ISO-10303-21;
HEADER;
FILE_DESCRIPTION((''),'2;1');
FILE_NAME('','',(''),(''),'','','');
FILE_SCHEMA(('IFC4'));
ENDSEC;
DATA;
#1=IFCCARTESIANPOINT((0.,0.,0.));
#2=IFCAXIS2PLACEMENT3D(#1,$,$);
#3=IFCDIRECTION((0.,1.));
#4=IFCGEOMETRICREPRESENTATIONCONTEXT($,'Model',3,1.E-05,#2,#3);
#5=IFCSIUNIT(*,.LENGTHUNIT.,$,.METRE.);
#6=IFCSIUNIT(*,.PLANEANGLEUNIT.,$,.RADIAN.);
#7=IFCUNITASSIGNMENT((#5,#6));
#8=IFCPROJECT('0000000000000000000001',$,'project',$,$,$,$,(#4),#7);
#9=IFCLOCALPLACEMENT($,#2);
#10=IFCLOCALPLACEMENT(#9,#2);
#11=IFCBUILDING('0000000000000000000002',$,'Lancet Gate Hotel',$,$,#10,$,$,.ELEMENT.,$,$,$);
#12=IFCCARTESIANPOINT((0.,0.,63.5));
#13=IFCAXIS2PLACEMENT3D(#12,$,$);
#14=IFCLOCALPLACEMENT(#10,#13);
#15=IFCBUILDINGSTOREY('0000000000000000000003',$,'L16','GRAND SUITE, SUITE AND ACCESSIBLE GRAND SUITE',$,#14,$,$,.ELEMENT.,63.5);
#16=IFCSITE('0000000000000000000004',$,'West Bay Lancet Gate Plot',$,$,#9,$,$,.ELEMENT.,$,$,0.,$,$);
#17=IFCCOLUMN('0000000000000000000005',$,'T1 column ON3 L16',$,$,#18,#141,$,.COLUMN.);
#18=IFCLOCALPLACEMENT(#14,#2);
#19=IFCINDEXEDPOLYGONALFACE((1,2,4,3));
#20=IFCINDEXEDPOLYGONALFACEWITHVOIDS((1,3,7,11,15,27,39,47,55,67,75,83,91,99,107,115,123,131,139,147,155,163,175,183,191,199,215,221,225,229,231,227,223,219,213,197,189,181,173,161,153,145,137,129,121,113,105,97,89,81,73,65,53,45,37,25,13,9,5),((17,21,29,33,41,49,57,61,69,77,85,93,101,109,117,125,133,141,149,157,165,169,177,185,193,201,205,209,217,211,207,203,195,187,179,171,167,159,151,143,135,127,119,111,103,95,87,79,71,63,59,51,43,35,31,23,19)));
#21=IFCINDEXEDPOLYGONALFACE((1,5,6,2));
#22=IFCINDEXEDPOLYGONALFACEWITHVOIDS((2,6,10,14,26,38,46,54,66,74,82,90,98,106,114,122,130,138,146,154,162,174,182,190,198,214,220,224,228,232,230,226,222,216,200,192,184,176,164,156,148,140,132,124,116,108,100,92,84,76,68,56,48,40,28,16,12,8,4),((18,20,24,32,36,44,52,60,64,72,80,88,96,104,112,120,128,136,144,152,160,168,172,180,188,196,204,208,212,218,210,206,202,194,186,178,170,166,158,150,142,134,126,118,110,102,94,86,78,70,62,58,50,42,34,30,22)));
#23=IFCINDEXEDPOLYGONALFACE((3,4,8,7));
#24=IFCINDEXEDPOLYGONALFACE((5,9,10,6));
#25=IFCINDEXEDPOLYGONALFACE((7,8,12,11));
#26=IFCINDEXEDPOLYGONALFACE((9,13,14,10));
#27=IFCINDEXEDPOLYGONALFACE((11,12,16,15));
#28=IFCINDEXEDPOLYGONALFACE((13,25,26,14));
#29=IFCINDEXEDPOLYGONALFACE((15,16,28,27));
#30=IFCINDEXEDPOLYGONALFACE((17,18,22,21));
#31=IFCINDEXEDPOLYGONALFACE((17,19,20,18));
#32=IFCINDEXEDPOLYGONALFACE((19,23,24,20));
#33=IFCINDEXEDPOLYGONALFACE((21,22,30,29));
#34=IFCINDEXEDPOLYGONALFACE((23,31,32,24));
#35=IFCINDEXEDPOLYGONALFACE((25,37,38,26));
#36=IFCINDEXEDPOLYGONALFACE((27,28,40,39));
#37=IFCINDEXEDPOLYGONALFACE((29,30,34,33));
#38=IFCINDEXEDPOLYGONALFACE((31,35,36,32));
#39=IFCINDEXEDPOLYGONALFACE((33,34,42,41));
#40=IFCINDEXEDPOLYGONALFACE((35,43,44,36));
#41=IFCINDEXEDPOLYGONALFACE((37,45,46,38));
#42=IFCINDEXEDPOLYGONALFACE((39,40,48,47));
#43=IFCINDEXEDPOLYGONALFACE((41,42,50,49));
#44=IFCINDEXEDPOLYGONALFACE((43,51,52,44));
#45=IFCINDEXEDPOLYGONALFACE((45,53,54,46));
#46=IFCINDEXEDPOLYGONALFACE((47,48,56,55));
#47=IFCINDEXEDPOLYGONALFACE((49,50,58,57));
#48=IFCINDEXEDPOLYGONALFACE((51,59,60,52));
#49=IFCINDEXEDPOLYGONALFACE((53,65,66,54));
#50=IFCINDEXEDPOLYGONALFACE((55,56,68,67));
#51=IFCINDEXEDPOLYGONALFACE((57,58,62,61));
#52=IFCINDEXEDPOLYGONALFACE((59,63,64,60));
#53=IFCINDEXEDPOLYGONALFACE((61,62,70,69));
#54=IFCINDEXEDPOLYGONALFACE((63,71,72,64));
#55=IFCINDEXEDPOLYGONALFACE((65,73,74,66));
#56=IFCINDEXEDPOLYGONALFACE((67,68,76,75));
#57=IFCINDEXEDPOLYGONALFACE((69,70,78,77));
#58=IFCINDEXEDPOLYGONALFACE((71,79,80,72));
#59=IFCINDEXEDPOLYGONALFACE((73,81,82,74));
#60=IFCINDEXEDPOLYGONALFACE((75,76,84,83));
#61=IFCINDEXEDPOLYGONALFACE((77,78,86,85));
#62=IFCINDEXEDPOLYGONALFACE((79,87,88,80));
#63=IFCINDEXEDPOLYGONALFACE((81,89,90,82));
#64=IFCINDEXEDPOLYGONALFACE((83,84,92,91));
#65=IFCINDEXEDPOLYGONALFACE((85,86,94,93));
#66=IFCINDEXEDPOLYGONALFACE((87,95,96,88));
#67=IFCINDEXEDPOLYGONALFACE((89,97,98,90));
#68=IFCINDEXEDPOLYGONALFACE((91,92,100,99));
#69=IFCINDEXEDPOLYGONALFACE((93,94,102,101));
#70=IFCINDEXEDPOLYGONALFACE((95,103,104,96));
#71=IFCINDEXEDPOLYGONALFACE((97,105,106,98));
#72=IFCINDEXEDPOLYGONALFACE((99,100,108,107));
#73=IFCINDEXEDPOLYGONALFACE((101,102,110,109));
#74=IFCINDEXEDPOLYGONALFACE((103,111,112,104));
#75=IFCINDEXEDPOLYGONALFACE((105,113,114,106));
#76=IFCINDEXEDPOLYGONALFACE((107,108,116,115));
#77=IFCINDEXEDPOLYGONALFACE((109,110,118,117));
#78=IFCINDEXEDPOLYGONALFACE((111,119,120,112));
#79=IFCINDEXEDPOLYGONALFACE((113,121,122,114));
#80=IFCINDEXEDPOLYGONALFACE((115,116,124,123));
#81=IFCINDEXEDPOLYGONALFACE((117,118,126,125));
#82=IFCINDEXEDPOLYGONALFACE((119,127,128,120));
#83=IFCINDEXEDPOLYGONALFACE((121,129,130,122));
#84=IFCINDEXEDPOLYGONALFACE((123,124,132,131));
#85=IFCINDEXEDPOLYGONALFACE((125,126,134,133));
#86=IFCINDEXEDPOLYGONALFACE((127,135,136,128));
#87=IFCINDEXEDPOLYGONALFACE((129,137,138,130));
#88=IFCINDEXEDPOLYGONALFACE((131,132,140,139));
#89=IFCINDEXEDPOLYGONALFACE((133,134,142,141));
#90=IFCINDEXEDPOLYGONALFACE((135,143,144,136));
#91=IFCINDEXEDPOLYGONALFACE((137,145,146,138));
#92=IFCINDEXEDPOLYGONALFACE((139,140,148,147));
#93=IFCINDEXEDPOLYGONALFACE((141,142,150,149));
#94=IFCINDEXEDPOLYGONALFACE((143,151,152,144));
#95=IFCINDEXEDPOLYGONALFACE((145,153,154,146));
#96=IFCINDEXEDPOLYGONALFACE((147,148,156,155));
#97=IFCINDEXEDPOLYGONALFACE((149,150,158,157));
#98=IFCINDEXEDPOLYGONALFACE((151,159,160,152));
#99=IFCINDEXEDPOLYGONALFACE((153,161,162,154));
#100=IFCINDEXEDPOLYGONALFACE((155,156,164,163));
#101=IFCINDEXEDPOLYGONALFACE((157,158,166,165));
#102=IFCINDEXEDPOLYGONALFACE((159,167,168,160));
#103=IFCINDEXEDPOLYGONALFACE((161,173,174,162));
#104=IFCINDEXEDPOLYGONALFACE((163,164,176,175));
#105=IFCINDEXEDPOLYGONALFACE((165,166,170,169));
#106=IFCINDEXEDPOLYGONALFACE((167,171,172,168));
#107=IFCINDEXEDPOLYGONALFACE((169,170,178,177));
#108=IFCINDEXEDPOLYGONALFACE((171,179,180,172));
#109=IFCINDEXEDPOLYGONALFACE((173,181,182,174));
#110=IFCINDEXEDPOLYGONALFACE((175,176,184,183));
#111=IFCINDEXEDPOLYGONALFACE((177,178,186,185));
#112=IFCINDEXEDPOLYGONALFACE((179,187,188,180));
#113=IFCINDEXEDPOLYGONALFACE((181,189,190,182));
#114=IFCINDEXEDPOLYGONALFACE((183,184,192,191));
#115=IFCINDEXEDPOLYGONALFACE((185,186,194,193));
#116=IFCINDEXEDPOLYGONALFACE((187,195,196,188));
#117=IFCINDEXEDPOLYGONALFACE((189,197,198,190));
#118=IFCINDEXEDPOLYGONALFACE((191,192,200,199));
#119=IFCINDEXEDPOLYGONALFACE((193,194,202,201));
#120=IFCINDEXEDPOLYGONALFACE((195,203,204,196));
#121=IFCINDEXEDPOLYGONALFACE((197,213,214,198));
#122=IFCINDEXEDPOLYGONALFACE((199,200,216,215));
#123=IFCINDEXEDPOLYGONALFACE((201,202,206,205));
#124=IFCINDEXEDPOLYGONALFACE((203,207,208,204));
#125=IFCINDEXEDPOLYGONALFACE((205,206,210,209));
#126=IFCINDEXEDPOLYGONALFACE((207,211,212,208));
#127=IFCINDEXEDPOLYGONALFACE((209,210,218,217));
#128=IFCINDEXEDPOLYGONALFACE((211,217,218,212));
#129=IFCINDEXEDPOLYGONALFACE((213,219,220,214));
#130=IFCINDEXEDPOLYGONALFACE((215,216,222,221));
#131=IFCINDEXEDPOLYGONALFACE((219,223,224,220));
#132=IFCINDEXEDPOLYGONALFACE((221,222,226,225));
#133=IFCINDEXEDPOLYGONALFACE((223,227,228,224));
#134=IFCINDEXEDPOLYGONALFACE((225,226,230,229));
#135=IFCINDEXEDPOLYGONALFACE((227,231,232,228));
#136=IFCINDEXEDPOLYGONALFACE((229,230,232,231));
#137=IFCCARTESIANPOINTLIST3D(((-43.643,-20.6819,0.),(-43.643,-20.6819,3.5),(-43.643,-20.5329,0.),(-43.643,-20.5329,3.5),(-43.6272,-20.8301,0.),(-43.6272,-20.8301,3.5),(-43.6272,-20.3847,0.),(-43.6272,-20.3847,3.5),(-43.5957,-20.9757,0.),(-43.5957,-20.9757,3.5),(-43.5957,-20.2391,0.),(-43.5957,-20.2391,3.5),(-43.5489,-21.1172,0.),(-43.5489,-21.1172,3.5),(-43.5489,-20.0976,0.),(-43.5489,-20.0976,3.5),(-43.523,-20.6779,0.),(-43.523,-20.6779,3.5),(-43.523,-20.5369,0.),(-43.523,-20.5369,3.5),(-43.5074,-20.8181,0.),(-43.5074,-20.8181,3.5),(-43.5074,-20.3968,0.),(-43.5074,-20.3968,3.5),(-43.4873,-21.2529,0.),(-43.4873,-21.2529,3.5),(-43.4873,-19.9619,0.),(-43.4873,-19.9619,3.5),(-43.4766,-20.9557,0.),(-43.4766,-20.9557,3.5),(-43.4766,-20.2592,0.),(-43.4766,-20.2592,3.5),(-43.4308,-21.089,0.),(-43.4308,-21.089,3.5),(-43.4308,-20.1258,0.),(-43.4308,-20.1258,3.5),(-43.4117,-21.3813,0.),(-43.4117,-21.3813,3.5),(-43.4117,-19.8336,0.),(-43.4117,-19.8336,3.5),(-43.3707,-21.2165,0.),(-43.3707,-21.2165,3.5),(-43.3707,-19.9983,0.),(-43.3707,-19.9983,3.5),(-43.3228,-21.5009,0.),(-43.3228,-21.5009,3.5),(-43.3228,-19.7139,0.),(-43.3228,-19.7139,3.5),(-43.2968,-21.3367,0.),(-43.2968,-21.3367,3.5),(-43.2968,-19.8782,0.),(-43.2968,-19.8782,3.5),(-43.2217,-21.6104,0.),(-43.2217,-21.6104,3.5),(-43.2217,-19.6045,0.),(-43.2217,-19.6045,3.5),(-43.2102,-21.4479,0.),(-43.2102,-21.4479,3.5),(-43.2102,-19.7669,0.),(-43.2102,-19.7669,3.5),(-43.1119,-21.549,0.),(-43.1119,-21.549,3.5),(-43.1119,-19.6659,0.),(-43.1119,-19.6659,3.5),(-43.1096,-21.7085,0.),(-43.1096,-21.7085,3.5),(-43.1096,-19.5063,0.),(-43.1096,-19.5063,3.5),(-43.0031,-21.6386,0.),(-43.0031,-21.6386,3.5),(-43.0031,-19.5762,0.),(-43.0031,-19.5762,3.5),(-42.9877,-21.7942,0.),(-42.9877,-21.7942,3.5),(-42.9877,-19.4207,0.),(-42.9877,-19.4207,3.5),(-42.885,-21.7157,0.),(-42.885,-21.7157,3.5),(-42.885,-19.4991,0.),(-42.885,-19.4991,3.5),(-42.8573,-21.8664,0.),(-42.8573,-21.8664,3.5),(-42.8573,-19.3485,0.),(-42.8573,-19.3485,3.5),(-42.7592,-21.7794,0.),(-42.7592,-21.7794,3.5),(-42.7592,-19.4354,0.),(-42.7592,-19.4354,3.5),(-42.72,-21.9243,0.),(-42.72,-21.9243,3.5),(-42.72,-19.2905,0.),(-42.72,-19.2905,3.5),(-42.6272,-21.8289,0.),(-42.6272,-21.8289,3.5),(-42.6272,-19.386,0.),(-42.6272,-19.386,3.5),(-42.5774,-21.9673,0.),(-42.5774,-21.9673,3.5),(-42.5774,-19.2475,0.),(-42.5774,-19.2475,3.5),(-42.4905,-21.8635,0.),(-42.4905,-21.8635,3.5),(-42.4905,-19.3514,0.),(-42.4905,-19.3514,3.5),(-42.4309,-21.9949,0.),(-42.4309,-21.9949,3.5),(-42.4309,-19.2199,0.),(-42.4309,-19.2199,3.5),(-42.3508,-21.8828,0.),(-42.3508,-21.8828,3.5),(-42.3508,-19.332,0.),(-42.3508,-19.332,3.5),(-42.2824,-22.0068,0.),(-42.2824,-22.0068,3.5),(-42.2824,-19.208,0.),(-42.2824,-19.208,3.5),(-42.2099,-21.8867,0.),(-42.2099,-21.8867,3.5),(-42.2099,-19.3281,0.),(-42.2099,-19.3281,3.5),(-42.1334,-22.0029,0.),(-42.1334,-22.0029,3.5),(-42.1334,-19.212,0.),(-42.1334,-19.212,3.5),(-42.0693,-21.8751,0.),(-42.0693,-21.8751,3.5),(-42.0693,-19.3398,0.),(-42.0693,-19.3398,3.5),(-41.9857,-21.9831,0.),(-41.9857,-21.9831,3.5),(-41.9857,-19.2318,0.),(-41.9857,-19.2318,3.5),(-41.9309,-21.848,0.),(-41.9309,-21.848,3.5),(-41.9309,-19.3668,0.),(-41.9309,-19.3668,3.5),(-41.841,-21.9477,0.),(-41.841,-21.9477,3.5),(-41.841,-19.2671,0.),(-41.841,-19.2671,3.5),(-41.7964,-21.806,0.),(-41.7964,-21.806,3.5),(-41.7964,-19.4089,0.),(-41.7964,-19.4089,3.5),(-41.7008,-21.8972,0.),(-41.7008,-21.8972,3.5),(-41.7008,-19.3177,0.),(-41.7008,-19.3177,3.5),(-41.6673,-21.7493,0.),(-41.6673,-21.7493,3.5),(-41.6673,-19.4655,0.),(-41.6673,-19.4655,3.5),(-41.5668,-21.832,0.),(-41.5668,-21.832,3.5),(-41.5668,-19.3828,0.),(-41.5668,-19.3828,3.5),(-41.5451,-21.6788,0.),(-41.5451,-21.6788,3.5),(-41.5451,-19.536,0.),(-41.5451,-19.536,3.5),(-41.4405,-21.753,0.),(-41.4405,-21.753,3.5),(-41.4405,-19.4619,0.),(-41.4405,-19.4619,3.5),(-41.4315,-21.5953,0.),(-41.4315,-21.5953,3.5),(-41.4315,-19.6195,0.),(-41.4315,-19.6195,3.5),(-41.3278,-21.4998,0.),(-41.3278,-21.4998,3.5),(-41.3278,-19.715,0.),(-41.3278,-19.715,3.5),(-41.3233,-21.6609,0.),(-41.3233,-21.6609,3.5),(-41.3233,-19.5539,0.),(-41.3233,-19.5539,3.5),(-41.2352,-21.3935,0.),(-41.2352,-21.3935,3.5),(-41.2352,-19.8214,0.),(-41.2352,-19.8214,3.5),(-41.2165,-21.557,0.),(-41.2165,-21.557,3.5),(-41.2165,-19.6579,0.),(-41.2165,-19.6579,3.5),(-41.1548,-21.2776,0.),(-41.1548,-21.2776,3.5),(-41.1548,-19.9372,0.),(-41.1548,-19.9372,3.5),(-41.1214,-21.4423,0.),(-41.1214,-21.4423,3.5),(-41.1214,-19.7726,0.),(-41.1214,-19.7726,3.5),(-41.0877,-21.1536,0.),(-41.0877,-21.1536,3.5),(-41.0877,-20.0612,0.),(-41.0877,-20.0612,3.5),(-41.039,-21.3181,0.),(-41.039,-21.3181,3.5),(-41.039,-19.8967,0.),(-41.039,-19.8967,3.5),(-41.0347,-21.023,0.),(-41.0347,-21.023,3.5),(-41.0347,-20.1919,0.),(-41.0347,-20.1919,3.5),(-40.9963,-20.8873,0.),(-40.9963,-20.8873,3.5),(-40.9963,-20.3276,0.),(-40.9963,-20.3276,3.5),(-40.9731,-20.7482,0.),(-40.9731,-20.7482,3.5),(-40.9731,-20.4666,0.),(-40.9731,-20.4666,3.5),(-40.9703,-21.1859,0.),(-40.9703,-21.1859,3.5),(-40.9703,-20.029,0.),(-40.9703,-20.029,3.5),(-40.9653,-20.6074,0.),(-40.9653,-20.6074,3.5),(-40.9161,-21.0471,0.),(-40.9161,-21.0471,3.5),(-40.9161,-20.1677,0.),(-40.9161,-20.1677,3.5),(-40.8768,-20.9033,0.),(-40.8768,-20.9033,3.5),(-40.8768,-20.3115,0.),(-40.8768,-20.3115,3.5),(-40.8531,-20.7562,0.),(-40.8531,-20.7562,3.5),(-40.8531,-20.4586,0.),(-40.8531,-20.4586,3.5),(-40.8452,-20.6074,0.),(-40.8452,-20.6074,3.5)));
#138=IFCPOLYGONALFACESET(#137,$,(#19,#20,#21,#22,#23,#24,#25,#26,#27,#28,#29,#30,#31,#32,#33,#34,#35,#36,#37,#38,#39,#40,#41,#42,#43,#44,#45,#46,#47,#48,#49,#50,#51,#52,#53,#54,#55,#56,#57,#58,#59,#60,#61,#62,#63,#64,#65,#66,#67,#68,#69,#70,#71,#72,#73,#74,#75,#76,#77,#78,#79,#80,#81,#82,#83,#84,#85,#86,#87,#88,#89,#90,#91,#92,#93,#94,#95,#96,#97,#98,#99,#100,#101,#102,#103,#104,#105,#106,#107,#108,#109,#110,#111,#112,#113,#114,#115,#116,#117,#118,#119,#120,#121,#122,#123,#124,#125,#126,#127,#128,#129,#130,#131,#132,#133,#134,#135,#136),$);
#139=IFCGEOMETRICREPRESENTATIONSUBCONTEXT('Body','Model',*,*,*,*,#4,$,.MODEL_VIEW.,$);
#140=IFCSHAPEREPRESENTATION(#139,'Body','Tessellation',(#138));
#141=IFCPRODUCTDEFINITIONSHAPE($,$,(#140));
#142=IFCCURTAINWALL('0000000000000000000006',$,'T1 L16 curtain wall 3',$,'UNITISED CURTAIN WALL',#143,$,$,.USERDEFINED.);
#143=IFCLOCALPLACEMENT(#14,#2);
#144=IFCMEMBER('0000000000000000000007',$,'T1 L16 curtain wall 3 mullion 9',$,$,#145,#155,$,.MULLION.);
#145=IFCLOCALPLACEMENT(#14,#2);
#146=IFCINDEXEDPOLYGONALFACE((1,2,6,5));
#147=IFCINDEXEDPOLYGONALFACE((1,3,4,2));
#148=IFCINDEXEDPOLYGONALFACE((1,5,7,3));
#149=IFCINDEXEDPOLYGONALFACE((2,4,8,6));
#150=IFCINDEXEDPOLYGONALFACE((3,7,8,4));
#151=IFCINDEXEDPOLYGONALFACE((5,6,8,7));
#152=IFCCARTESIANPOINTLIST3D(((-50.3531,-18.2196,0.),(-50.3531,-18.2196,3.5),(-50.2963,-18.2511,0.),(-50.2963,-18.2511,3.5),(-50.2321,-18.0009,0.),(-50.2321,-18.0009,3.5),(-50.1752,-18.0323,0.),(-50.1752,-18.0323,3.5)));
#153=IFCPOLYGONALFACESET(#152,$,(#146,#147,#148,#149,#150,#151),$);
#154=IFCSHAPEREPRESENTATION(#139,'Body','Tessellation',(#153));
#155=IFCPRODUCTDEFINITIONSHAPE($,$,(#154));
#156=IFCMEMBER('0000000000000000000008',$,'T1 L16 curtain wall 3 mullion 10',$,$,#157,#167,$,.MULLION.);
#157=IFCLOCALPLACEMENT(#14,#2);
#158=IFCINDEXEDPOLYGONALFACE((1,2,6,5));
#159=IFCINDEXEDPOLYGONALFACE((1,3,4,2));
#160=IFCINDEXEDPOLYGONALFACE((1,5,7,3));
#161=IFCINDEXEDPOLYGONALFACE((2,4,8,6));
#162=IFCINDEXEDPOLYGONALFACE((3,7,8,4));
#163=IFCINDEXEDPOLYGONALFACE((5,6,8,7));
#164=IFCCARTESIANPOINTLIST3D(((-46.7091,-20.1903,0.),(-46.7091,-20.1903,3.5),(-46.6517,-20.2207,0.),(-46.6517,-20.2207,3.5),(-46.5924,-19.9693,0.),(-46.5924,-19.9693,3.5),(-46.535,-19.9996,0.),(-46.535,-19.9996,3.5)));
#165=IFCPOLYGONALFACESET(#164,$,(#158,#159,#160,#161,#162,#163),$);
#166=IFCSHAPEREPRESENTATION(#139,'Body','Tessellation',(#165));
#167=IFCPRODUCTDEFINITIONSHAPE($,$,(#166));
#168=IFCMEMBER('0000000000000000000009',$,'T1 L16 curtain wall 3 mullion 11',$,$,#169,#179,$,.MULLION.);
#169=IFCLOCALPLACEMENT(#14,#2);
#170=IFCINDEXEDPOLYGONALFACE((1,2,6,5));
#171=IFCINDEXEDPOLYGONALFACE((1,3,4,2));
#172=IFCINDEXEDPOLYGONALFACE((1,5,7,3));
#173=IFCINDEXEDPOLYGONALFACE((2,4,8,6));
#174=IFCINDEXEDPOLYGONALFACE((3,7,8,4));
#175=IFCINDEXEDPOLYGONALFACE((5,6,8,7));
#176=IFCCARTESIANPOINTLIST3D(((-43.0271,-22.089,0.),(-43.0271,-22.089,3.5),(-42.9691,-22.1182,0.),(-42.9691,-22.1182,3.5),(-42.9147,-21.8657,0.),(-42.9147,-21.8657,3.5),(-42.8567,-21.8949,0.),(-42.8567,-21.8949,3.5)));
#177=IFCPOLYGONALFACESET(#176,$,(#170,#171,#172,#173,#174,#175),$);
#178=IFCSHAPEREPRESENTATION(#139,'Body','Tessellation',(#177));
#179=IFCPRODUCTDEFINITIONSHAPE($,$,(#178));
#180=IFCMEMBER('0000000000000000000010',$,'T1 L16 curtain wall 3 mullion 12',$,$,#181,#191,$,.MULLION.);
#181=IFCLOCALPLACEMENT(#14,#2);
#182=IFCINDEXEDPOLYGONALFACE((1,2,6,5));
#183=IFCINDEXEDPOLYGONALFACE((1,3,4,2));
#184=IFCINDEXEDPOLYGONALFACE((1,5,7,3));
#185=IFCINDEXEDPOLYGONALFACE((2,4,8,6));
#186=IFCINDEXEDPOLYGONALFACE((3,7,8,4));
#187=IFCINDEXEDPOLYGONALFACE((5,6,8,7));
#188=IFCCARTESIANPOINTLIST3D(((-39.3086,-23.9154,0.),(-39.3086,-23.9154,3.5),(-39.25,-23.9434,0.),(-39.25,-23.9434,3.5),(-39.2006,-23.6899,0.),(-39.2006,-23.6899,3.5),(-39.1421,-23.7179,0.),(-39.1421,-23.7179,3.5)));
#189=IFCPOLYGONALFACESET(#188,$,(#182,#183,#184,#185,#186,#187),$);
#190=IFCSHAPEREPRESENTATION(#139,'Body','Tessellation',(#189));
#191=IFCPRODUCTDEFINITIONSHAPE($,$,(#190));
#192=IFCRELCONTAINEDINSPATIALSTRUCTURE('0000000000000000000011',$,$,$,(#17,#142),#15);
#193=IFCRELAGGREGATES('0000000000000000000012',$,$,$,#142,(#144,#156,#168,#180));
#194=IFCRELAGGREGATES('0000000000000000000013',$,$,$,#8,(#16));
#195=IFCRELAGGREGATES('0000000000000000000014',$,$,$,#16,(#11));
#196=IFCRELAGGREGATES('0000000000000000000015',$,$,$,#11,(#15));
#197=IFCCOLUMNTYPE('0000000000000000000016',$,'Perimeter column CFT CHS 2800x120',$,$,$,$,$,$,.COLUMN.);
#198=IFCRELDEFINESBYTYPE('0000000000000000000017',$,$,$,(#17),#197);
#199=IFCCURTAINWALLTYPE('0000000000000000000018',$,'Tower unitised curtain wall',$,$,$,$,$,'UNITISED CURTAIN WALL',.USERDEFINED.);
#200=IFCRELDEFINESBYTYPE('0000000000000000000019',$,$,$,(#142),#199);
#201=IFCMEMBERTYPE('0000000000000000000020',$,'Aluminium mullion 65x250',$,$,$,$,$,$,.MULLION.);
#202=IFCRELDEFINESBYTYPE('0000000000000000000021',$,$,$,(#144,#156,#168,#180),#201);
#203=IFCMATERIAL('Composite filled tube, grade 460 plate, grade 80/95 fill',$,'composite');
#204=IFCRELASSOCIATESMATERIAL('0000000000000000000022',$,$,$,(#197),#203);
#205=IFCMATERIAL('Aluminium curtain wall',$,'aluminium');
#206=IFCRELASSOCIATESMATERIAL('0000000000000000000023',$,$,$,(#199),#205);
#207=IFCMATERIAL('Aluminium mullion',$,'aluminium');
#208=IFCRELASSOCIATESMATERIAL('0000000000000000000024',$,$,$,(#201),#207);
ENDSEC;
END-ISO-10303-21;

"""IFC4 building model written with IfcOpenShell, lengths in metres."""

from ifc_helpers import new_model, si_unit, direction, frame, origin, origin_2d, place, context, subcontext, project, spatial, rectangle, hollow_circle, extrude, material, material_profile, profile_set, type_object, element, aggregate, save


model = new_model("IFC4")

# Units and contexts
model_context = context("Model", 3, precision=1e-05, world=origin(), true_north=direction((0.0, 1.0)))
body_context = subcontext(model_context, "Body", "Model", "MODEL_VIEW")
ifc_project = project(units=[si_unit("LENGTHUNIT", "METRE"), si_unit("PLANEANGLEUNIT", "RADIAN")], contexts=[model_context])

# Site, building, storey
site_placement = place(None, origin())
site = spatial("IfcSite", under=ifc_project, at=site_placement, Name="West Bay Lancet Gate Plot", CompositionType="ELEMENT", RefElevation=0.0)
building_placement = place(site_placement, origin())
building = spatial("IfcBuilding", under=site, at=building_placement, Name="Lancet Gate Hotel", CompositionType="ELEMENT")
storey_placement = place(building_placement, frame((0.0, 0.0, 63.5)))
storey = spatial("IfcBuildingStorey", under=building, at=storey_placement, Name="L16", Description="GRAND SUITE, SUITE AND ACCESSIBLE GRAND SUITE", CompositionType="ELEMENT", Elevation=63.5)

# Column
ifc_material_1 = material(Name="Composite filled tube, grade 460 plate, grade 80/95 fill", Category="composite")
ifc_material_profile_1 = material_profile(ifc_material_1, hollow_circle(Radius=1.3999, WallThickness=0.1201, at=origin_2d()), Name="CHS 2800x120")
ifc_profile_set_1 = profile_set([ifc_material_profile_1], Name="Composite filled tube, grade 460 plate, grade 80/95 fill")
column_type = type_object("IfcColumnType", Name="Perimeter column CFT CHS 2800x120", PredefinedType="COLUMN", material=ifc_profile_set_1)
column_placement = place(storey_placement, frame((-42.2451, -20.6074, 0.0), z_axis=(0.0, 0.0, 1.0), x_axis=(1.0, 0.0, 0.0)))
element("IfcColumn", 1, at=column_placement, inside=storey, type_object=column_type, Name="T1 column ON3 L16", PredefinedType="COLUMN", context=body_context, shape_type="SweptSolid", body=[
    extrude(hollow_circle(Radius=1.3999, WallThickness=0.1201, at=origin_2d()), origin(), (0.0, 0.0, 1.0), 3.5),
])

# Curtain wall, members
ifc_material_2 = material(Name="Aluminium curtain wall", Category="aluminium")
curtain_wall_type = type_object("IfcCurtainWallType", Name="Tower unitised curtain wall", ElementType="UNITISED CURTAIN WALL", PredefinedType="USERDEFINED", material=ifc_material_2)
curtain_wall_placement = place(storey_placement, origin())
curtain_wall = element("IfcCurtainWall", 2, at=curtain_wall_placement, inside=storey, type_object=curtain_wall_type, Name="T1 L16 curtain wall 3", ObjectType="UNITISED CURTAIN WALL", PredefinedType="USERDEFINED")
ifc_material_3 = material(Name="Aluminium mullion", Category="aluminium")
ifc_material_profile_2 = material_profile(ifc_material_3, rectangle(XDim=0.0649, YDim=0.25, at=origin_2d()), Name="MULLION 65x250")
ifc_profile_set_2 = profile_set([ifc_material_profile_2], Name="Aluminium mullion")
member_type_1 = type_object("IfcMemberType", Name="Aluminium mullion 65x250", PredefinedType="MULLION", material=ifc_profile_set_2)
member_1_placement = place(storey_placement, frame((-50.2642, -18.126, 0.0), z_axis=(0.0, 0.0, 1.0), x_axis=(0.874991, -0.484139, 0.0)))
member_1 = element("IfcMember", 3, at=member_1_placement, type_object=member_type_1, Name="T1 L16 curtain wall 3 mullion 9", PredefinedType="MULLION", context=body_context, shape_type="SweptSolid", body=[
    extrude(rectangle(XDim=0.0649, YDim=0.25, at=origin_2d()), origin(), (0.0, 0.0, 1.0), 3.5),
])
member_2_placement = place(storey_placement, frame((-46.6221, -20.095, 0.0), z_axis=(0.0, 0.0, 1.0), x_axis=(0.884311, -0.466898, 0.0)))
member_2 = element("IfcMember", 4, at=member_2_placement, type_object=member_type_1, Name="T1 L16 curtain wall 3 mullion 10", PredefinedType="MULLION", context=body_context, shape_type="SweptSolid", body=[
    extrude(rectangle(XDim=0.0649, YDim=0.25, at=origin_2d()), origin(), (0.0, 0.0, 1.0), 3.5),
])
member_3_placement = place(storey_placement, frame((-42.9419, -21.9919, 0.0), z_axis=(0.0, 0.0, 1.0), x_axis=(0.893292, -0.449478, 0.0)))
member_3 = element("IfcMember", 5, at=member_3_placement, type_object=member_type_1, Name="T1 L16 curtain wall 3 mullion 11", PredefinedType="MULLION", context=body_context, shape_type="SweptSolid", body=[
    extrude(rectangle(XDim=0.0649, YDim=0.25, at=origin_2d()), origin(), (0.0, 0.0, 1.0), 3.5),
])
member_4_placement = place(storey_placement, frame((-39.2253, -23.8167, 0.0), z_axis=(0.0, 0.0, 1.0), x_axis=(0.901929, -0.431885, 0.0)))
member_4 = element("IfcMember", 6, at=member_4_placement, type_object=member_type_1, Name="T1 L16 curtain wall 3 mullion 12", PredefinedType="MULLION", context=body_context, shape_type="SweptSolid", body=[
    extrude(rectangle(XDim=0.0649, YDim=0.25, at=origin_2d()), origin(), (0.0, 0.0, 1.0), 3.5),
])

aggregate(curtain_wall, [member_1, member_2, member_3, member_4])

save(model, "model.ifc")
